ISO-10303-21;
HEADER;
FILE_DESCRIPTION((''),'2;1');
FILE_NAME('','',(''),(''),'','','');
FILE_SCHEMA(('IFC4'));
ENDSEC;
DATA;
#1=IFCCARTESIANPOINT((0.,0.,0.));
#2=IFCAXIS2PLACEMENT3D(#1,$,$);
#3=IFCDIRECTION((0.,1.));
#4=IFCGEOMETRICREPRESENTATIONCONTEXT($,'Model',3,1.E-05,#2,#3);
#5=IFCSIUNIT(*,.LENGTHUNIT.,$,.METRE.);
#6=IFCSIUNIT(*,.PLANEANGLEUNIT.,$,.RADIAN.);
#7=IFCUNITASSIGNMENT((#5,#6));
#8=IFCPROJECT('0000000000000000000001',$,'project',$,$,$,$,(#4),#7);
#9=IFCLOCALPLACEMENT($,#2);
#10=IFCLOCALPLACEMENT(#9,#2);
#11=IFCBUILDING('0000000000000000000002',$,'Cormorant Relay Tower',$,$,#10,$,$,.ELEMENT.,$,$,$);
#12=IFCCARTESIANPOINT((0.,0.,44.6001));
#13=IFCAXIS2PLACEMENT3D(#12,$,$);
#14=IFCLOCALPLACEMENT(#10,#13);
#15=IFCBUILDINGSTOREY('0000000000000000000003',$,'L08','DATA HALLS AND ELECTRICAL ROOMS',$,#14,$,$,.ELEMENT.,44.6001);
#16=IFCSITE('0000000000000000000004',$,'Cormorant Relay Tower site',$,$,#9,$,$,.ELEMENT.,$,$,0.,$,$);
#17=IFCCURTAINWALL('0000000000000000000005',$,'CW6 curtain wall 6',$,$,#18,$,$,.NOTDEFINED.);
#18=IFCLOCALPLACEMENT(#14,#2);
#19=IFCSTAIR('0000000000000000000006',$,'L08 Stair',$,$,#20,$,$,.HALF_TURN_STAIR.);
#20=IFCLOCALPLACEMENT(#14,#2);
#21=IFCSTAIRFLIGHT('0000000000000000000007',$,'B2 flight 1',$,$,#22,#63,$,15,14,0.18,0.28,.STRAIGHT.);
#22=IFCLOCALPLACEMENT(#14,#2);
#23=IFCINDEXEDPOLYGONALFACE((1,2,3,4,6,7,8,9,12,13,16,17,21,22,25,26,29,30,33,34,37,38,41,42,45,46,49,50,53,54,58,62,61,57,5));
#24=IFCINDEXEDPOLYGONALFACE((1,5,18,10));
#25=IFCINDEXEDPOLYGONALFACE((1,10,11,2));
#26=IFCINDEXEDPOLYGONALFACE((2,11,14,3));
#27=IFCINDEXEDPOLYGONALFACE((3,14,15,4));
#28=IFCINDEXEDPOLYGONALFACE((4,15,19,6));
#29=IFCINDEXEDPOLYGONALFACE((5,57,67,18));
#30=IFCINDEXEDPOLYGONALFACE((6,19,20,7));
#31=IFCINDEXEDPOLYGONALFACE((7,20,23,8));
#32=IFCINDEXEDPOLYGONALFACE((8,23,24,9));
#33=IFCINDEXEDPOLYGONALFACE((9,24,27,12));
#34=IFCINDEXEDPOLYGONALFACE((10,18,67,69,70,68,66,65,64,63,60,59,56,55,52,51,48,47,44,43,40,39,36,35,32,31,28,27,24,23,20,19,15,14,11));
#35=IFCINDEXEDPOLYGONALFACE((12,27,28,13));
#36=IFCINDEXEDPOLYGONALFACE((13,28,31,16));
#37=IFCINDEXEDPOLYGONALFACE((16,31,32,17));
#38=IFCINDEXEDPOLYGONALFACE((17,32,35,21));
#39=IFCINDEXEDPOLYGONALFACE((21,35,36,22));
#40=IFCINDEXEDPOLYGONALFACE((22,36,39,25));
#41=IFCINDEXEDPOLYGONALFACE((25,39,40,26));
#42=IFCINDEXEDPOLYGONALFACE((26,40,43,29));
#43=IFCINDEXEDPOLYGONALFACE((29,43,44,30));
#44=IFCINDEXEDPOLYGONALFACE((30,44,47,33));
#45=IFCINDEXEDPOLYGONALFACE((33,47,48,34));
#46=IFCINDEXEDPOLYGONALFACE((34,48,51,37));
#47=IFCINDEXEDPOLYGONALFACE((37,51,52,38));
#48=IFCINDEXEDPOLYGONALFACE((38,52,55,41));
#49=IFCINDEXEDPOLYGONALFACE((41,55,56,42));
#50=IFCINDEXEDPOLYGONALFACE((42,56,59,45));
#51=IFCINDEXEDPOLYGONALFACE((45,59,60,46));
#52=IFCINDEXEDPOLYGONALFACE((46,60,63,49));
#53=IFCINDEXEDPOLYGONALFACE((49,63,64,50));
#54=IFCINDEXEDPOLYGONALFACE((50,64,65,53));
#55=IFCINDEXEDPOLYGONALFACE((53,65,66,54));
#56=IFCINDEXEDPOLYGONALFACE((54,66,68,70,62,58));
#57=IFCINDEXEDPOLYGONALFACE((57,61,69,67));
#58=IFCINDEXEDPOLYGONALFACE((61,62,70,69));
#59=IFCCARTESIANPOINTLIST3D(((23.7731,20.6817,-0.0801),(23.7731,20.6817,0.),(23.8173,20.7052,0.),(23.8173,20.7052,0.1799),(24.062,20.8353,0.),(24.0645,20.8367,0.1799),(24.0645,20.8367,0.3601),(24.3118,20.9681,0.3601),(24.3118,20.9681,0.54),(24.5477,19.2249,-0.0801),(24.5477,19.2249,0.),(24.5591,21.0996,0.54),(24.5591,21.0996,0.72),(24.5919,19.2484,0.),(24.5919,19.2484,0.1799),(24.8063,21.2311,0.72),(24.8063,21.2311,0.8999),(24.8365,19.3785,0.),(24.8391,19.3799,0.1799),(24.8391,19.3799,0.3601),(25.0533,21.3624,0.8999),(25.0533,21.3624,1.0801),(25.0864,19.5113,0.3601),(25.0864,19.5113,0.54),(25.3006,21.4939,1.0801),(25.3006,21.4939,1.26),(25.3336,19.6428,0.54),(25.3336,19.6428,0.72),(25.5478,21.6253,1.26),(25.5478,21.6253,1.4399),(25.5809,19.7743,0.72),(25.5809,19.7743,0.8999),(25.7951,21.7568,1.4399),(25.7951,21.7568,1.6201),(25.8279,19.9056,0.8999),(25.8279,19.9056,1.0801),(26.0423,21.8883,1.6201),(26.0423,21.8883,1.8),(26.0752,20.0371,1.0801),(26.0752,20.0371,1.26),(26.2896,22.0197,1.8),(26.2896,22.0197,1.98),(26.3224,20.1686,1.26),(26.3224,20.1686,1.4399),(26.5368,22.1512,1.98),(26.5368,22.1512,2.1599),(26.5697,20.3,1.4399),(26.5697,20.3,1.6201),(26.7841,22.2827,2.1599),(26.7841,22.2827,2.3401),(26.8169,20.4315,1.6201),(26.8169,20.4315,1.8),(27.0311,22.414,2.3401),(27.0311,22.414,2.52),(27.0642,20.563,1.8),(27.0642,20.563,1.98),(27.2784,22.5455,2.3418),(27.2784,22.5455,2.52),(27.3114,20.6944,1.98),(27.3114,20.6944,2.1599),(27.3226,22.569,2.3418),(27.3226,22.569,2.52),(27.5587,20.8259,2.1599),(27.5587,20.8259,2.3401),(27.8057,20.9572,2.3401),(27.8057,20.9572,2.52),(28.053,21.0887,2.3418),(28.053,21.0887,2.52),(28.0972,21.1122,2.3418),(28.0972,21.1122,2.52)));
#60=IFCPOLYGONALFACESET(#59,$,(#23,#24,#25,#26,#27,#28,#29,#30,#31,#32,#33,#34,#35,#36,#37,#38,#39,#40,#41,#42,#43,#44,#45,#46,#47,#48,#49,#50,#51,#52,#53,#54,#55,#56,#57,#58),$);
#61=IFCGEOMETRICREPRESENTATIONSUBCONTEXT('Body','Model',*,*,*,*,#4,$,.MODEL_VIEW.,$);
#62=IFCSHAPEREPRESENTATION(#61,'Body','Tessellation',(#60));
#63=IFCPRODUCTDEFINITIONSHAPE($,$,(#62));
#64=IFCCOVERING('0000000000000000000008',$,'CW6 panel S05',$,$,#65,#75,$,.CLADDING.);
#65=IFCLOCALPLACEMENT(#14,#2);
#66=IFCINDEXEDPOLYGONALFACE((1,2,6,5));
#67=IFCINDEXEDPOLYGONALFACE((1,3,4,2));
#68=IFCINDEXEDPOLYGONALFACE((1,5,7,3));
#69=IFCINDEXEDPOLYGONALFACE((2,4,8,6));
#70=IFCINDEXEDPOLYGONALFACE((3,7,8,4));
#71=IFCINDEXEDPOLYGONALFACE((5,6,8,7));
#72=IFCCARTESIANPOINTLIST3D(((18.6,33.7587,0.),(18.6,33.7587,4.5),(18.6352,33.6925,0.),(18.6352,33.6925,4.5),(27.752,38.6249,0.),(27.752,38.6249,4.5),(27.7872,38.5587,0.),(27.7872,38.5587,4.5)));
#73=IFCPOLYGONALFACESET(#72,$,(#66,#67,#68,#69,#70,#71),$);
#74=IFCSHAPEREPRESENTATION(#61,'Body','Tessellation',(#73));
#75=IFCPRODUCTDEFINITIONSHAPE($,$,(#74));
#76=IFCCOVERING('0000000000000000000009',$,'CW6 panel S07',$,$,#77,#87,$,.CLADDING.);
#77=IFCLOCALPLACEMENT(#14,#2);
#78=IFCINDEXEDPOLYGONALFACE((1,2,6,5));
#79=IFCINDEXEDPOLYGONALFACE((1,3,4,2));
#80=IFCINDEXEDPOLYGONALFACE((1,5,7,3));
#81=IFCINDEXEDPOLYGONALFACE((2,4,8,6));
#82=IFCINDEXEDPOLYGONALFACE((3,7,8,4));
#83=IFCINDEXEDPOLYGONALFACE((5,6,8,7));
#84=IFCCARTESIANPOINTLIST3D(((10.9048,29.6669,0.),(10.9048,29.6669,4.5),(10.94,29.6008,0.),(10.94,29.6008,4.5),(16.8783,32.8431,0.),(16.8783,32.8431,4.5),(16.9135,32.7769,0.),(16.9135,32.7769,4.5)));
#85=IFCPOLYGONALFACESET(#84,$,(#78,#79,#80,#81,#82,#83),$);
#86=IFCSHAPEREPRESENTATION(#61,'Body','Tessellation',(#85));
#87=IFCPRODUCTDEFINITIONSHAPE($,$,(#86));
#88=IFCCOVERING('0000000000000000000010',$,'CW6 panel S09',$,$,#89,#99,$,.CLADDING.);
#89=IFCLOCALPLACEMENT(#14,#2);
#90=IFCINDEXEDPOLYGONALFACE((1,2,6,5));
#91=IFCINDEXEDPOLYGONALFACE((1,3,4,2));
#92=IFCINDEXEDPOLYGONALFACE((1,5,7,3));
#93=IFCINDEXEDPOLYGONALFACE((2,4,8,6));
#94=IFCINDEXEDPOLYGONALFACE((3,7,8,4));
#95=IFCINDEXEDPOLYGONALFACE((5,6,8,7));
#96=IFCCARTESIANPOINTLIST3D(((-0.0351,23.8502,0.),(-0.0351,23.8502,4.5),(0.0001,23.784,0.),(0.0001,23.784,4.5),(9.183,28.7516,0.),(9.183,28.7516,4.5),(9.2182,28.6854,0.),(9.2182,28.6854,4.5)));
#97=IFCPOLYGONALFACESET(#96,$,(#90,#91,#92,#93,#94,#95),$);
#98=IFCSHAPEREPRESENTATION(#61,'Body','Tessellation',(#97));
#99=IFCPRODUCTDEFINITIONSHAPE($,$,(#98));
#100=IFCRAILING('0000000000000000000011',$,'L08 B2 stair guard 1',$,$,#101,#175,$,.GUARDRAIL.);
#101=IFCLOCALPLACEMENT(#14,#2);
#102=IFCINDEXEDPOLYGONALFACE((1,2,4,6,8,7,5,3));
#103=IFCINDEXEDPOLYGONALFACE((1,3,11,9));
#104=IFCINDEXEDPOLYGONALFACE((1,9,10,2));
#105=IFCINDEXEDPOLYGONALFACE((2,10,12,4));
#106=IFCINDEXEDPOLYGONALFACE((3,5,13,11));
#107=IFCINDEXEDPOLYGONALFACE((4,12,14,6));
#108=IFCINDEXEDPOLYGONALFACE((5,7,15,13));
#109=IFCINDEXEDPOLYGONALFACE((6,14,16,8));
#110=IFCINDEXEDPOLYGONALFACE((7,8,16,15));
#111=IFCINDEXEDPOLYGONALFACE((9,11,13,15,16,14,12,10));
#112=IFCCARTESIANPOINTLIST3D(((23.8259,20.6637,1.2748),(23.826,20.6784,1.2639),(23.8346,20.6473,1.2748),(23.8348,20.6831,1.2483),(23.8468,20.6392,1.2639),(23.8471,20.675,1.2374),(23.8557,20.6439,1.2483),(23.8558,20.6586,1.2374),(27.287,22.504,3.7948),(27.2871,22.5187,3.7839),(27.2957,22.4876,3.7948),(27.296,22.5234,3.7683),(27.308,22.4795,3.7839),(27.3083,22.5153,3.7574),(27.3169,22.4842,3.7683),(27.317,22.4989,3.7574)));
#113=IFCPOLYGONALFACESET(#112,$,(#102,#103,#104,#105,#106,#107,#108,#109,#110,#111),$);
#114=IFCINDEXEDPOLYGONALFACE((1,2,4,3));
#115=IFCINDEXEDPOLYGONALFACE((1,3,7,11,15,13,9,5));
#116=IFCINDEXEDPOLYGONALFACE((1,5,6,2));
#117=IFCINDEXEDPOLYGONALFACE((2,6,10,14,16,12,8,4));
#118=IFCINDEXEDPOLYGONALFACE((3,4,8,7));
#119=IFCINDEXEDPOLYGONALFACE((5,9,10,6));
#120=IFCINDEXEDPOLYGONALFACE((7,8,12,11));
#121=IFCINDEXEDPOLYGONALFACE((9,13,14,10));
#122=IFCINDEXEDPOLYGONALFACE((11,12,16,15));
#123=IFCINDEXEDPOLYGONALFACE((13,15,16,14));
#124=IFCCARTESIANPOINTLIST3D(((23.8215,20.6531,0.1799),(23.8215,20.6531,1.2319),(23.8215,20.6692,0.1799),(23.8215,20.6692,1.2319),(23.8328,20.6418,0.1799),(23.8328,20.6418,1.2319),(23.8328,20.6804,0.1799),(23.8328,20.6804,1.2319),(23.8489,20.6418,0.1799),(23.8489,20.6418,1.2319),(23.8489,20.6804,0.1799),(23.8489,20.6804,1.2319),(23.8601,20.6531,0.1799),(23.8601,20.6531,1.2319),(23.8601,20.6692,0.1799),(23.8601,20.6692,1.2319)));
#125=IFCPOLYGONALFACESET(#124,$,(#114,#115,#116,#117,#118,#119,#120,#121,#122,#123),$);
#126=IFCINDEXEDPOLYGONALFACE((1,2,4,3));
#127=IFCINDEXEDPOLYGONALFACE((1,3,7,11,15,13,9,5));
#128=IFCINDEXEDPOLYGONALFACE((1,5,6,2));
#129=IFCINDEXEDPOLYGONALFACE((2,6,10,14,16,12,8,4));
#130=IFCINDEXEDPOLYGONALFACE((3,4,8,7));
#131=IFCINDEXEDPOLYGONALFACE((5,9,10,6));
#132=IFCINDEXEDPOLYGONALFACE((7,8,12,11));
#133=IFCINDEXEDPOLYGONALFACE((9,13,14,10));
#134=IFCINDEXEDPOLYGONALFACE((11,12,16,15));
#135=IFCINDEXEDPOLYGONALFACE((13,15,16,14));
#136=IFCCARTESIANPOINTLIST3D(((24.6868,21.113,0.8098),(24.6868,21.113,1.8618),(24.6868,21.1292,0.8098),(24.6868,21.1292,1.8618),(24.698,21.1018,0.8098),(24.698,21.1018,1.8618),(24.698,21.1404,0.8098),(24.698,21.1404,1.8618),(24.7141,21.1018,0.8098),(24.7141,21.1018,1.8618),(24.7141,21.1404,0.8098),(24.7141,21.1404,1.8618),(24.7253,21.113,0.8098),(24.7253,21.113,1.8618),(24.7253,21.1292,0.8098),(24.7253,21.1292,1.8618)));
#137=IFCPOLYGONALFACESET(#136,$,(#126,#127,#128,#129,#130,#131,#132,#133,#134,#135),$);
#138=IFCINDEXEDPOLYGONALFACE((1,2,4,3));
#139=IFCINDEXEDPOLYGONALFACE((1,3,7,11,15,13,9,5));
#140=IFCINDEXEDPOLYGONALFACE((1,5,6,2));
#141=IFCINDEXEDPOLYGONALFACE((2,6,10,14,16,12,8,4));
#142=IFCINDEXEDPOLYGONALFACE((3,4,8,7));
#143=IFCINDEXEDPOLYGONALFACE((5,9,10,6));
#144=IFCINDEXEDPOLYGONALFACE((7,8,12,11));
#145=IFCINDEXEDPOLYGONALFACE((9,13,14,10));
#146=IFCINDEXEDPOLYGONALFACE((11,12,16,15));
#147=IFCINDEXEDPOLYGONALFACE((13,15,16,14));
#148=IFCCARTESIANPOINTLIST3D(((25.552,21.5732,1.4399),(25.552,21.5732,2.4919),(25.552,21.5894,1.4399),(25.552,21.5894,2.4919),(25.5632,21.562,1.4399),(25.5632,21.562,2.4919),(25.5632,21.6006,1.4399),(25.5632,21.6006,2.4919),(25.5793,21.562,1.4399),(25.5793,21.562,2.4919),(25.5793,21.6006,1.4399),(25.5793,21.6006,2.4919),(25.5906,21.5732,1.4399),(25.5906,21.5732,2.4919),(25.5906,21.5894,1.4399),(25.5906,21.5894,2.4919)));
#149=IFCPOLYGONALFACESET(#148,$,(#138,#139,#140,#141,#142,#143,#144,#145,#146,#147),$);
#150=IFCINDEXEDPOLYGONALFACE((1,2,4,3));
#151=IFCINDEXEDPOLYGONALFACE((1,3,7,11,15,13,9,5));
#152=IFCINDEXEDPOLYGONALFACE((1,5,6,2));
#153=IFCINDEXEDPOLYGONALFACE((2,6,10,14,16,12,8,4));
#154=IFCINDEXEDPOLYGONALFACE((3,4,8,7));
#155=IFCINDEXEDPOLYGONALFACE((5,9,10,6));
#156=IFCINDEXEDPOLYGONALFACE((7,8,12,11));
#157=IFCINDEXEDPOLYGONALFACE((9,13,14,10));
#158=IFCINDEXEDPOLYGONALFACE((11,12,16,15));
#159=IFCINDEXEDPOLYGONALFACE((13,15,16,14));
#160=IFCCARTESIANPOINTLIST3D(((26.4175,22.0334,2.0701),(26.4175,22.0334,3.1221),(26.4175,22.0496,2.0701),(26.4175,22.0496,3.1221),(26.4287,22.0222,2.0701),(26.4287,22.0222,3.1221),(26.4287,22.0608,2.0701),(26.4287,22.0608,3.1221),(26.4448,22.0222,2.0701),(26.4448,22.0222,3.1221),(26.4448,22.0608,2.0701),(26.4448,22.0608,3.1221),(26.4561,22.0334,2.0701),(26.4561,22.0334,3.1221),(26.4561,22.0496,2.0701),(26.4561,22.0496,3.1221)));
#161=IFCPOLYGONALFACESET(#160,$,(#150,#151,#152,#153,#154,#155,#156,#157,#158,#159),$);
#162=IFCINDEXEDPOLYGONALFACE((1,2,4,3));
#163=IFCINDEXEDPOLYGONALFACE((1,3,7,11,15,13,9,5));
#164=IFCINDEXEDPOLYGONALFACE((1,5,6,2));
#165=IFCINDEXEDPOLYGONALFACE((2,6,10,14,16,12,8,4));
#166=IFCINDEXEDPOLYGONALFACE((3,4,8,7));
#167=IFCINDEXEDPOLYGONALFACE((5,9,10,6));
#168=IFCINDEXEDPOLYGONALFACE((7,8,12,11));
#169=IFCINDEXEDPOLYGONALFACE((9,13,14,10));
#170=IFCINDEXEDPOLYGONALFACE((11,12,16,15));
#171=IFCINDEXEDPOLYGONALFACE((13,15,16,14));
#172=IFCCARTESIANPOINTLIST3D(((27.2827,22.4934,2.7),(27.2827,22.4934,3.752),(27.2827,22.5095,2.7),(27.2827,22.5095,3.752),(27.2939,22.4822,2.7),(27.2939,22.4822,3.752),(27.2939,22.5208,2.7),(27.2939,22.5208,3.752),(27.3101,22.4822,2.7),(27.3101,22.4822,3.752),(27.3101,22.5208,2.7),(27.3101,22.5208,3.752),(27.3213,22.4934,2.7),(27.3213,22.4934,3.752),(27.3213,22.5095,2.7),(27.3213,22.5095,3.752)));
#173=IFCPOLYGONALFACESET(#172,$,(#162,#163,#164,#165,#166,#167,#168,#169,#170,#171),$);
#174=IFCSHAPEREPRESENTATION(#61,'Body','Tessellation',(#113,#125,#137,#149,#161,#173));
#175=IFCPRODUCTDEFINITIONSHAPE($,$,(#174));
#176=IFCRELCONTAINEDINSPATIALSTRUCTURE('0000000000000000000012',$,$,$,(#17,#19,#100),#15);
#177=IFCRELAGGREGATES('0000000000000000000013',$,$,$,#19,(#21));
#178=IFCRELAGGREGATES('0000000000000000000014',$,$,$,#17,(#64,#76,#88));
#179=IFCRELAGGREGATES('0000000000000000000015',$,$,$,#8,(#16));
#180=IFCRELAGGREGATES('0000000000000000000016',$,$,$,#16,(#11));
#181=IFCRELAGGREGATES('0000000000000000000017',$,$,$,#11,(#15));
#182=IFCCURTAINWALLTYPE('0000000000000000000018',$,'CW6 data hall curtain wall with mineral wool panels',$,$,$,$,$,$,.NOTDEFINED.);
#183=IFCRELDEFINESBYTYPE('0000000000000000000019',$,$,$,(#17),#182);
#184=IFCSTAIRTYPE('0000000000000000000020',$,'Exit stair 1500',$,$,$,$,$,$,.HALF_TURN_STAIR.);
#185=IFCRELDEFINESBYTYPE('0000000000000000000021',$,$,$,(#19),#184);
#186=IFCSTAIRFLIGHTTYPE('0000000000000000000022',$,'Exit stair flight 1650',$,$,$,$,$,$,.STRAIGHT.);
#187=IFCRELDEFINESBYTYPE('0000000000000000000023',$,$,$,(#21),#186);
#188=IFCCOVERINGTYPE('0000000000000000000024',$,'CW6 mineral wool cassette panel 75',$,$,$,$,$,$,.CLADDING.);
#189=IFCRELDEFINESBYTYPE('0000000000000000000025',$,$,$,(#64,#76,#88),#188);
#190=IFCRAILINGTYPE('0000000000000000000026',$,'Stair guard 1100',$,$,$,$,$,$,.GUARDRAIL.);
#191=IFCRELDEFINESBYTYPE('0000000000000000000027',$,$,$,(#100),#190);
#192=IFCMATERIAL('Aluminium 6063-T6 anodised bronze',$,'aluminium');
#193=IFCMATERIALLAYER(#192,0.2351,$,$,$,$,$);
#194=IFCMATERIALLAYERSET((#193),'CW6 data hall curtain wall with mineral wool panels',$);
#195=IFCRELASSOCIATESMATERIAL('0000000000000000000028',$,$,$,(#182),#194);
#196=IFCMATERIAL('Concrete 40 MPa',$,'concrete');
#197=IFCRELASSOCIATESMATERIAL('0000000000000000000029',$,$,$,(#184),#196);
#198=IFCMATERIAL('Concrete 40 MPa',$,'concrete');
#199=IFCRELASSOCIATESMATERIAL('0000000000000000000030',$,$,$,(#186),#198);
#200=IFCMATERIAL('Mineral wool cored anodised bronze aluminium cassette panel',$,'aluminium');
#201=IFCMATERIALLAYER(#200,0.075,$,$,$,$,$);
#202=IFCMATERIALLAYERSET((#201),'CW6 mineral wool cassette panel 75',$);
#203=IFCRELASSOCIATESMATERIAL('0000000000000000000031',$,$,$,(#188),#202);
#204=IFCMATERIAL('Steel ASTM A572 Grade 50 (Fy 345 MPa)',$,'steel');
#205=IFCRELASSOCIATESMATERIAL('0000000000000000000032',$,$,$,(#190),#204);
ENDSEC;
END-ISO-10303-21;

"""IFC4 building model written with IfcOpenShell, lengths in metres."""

from ifc_helpers import new_model, si_unit, direction, frame, origin, origin_2d, place, context, subcontext, project, spatial, polyline, rectangle, outline, extrude, material, layer, layer_set, type_object, element, aggregate, save


model = new_model("IFC4")

# Units and contexts
model_context = context("Model", 3, precision=1e-05, world=origin(), true_north=direction((0.0, 1.0)))
body_context = subcontext(model_context, "Body", "Model", "MODEL_VIEW")
ifc_project = project(units=[si_unit("LENGTHUNIT", "METRE"), si_unit("PLANEANGLEUNIT", "RADIAN")], contexts=[model_context])

# Site, building, storey
site_placement = place(None, origin())
site = spatial("IfcSite", under=ifc_project, at=site_placement, Name="Cormorant Relay Tower site", CompositionType="ELEMENT", RefElevation=0.0)
building_placement = place(site_placement, origin())
building = spatial("IfcBuilding", under=site, at=building_placement, Name="Cormorant Relay Tower", CompositionType="ELEMENT")
storey_placement = place(building_placement, frame((0.0, 0.0, 44.6001)))
storey = spatial("IfcBuildingStorey", under=building, at=storey_placement, Name="L08", Description="DATA HALLS AND ELECTRICAL ROOMS", CompositionType="ELEMENT", Elevation=44.6001)

# Curtain wall
ifc_material_1 = material(Name="Aluminium 6063-T6 anodised bronze", Category="aluminium")
ifc_layer_1 = layer(ifc_material_1, 0.2351)
ifc_layer_set_1 = layer_set([ifc_layer_1], Name="CW6 data hall curtain wall with mineral wool panels")
curtain_wall_type = type_object("IfcCurtainWallType", Name="CW6 data hall curtain wall with mineral wool panels", PredefinedType="NOTDEFINED", material=ifc_layer_set_1)
curtain_wall_1_placement = place(storey_placement, origin())
curtain_wall_1 = element("IfcCurtainWall", 1, at=curtain_wall_1_placement, inside=storey, type_object=curtain_wall_type, Name="CW6 curtain wall 6", PredefinedType="NOTDEFINED")

# Stair, stair flight
ifc_material_2 = material(Name="Concrete 40 MPa", Category="concrete")
stair_type = type_object("IfcStairType", Name="Exit stair 1500", PredefinedType="HALF_TURN_STAIR", material=ifc_material_2)
stair_placement = place(storey_placement, origin())
stair = element("IfcStair", 2, at=stair_placement, inside=storey, type_object=stair_type, Name="L08 Stair", PredefinedType="HALF_TURN_STAIR")
ifc_material_3 = material(Name="Concrete 40 MPa", Category="concrete")
stair_flight_type = type_object("IfcStairFlightType", Name="Exit stair flight 1650", PredefinedType="STRAIGHT", material=ifc_material_3)
stair_flight_placement = place(storey_placement, frame((24.2046, 19.9768, 0.0), z_axis=(0.0, 0.0, 1.0), x_axis=(0.882948, 0.469472, 0.0)))
stair_flight = element("IfcStairFlight", 3, at=stair_flight_placement, type_object=stair_flight_type, Name="B2 flight 1", NumberOfRisers=15, NumberOfTreads=14, PredefinedType="STRAIGHT", RiserHeight=0.18, TreadLength=0.28, context=body_context, shape_type="SweptSolid", body=[
    extrude(outline(polyline([(-0.05, -0.0801), (-0.05, 0.0), (0.0, 0.0), (0.0, 0.1799), (0.28, 0.1799), (0.28, 0.3601), (0.5601, 0.3601), (0.5601, 0.54), (0.8401, 0.54), (0.8401, 0.72), (1.1201, 0.72), (1.1201, 0.8999), (1.3999, 0.8999), (1.3999, 1.0801), (1.6799, 1.0801), (1.6799, 1.26), (1.96, 1.26), (1.96, 1.4399), (2.24, 1.4399), (2.24, 1.6201), (2.52, 1.6201), (2.52, 1.8), (2.8, 1.8), (2.8, 1.98), (3.0801, 1.98), (3.0801, 2.1599), (3.3601, 2.1599), (3.3601, 2.3401), (3.6399, 2.3401), (3.6399, 2.52), (3.9199, 2.52), (3.97, 2.52), (3.97, 2.3418), (3.9199, 2.3418), (0.2771, 0.0), (-0.05, -0.0801)])), frame((0.0, 0.825, 0.0), z_axis=(0.0, -1.0, 0.0), x_axis=(1.0, 0.0, 0.0)), (0.0, 0.0, 1.0), 1.6499),
])
aggregate(stair, [stair_flight])

# Coverings
ifc_material_4 = material(Name="Mineral wool cored anodised bronze aluminium cassette panel", Category="aluminium")
ifc_layer_2 = layer(ifc_material_4, 0.075)
ifc_layer_set_2 = layer_set([ifc_layer_2], Name="CW6 mineral wool cassette panel 75")
covering_type = type_object("IfcCoveringType", Name="CW6 mineral wool cassette panel 75", PredefinedType="CLADDING", material=ifc_layer_set_2)
covering_1_placement = place(storey_placement, frame((23.1936, 36.1587, 0.0), z_axis=(0.0, 0.0, 1.0), x_axis=(-0.882948, -0.469472, 0.0)))
covering_1 = element("IfcCovering", 4, at=covering_1_placement, type_object=covering_type, Name="CW6 panel S05", PredefinedType="CLADDING", context=body_context, shape_type="SweptSolid", body=[
    extrude(rectangle(XDim=10.3652, YDim=0.075, at=origin_2d()), origin(), (0.0, 0.0, 1.0), 4.5),
])
covering_2_placement = place(storey_placement, frame((13.9092, 31.2219, 0.0), z_axis=(0.0, 0.0, 1.0), x_axis=(-0.882948, -0.469472, 0.0)))
covering_2 = element("IfcCovering", 5, at=covering_2_placement, type_object=covering_type, Name="CW6 panel S07", PredefinedType="CLADDING", context=body_context, shape_type="SweptSolid", body=[
    extrude(rectangle(XDim=6.7654, YDim=0.075, at=origin_2d()), origin(), (0.0, 0.0, 1.0), 4.5),
])
covering_3_placement = place(storey_placement, frame((4.5916, 26.2678, 0.0), z_axis=(0.0, 0.0, 1.0), x_axis=(-0.882948, -0.469472, 0.0)))
covering_3 = element("IfcCovering", 6, at=covering_3_placement, type_object=covering_type, Name="CW6 panel S09", PredefinedType="CLADDING", context=body_context, shape_type="SweptSolid", body=[
    extrude(rectangle(XDim=10.4402, YDim=0.075, at=origin_2d()), origin(), (0.0, 0.0, 1.0), 4.5),
])
aggregate(curtain_wall_1, [covering_1, covering_2, covering_3])

# Railing
ifc_material_5 = material(Name="Steel ASTM A572 Grade 50 (Fy 345 MPa)", Category="steel")
railing_type_1 = type_object("IfcRailingType", Name="Stair guard 1100", PredefinedType="GUARDRAIL", material=ifc_material_5)
railing_1_placement = place(storey_placement, frame((23.8408, 20.6611, 0.1799)))
element("IfcRailing", 7, at=railing_1_placement, inside=storey, type_object=railing_type_1, Name="L08 B2 stair guard 1", PredefinedType="GUARDRAIL", context=body_context, shape_type="SweptSolid", body=[
    extrude(outline(polyline([(0.0222, 0.0093), (0.0093, 0.0222), (-0.0093, 0.0222), (-0.0222, 0.0093), (-0.0222, -0.0093), (-0.0093, -0.0222), (0.0093, -0.0222), (0.0222, -0.0093), (0.0222, 0.0093)])), frame((0.0, 0.0, 1.0762), z_axis=(0.742717, 0.394907, 0.540758), x_axis=(-0.469469, 0.882949, 0.0)), (0.0, 0.0, 1.0), 4.6602),
    extrude(outline(polyline([(0.0193, 0.0081), (0.0081, 0.0193), (-0.0081, 0.0193), (-0.0193, 0.0081), (-0.0193, -0.0081), (-0.0081, -0.0193), (0.0081, -0.0193), (0.0193, -0.0081), (0.0193, 0.0081)])), origin(), (0.0, 0.0, 1.0), 1.052),
    extrude(outline(polyline([(0.0193, 0.0081), (0.0081, 0.0193), (-0.0081, 0.0193), (-0.0193, 0.0081), (-0.0193, -0.0081), (-0.0081, -0.0193), (0.0081, -0.0193), (0.0193, -0.0081), (0.0193, 0.0081)])), frame((0.8652, 0.46, 0.6299)), (0.0, 0.0, 1.0), 1.052),
    extrude(outline(polyline([(0.0193, 0.0081), (0.0081, 0.0193), (-0.0081, 0.0193), (-0.0193, 0.0081), (-0.0193, -0.0081), (-0.0081, -0.0193), (0.0081, -0.0193), (0.0193, -0.0081), (0.0193, 0.0081)])), frame((1.7305, 0.9202, 1.26)), (0.0, 0.0, 1.0), 1.052),
    extrude(outline(polyline([(0.0193, 0.0081), (0.0081, 0.0193), (-0.0081, 0.0193), (-0.0193, 0.0081), (-0.0193, -0.0081), (-0.0081, -0.0193), (0.0081, -0.0193), (0.0193, -0.0081), (0.0193, 0.0081)])), frame((2.5959, 1.3804, 1.8901)), (0.0, 0.0, 1.0), 1.052),
    extrude(outline(polyline([(0.0193, 0.0081), (0.0081, 0.0193), (-0.0081, 0.0193), (-0.0193, 0.0081), (-0.0193, -0.0081), (-0.0081, -0.0193), (0.0081, -0.0193), (0.0193, -0.0081), (0.0193, 0.0081)])), frame((3.4612, 1.8403, 2.52)), (0.0, 0.0, 1.0), 1.052),
])

save(model, "model.ifc")
